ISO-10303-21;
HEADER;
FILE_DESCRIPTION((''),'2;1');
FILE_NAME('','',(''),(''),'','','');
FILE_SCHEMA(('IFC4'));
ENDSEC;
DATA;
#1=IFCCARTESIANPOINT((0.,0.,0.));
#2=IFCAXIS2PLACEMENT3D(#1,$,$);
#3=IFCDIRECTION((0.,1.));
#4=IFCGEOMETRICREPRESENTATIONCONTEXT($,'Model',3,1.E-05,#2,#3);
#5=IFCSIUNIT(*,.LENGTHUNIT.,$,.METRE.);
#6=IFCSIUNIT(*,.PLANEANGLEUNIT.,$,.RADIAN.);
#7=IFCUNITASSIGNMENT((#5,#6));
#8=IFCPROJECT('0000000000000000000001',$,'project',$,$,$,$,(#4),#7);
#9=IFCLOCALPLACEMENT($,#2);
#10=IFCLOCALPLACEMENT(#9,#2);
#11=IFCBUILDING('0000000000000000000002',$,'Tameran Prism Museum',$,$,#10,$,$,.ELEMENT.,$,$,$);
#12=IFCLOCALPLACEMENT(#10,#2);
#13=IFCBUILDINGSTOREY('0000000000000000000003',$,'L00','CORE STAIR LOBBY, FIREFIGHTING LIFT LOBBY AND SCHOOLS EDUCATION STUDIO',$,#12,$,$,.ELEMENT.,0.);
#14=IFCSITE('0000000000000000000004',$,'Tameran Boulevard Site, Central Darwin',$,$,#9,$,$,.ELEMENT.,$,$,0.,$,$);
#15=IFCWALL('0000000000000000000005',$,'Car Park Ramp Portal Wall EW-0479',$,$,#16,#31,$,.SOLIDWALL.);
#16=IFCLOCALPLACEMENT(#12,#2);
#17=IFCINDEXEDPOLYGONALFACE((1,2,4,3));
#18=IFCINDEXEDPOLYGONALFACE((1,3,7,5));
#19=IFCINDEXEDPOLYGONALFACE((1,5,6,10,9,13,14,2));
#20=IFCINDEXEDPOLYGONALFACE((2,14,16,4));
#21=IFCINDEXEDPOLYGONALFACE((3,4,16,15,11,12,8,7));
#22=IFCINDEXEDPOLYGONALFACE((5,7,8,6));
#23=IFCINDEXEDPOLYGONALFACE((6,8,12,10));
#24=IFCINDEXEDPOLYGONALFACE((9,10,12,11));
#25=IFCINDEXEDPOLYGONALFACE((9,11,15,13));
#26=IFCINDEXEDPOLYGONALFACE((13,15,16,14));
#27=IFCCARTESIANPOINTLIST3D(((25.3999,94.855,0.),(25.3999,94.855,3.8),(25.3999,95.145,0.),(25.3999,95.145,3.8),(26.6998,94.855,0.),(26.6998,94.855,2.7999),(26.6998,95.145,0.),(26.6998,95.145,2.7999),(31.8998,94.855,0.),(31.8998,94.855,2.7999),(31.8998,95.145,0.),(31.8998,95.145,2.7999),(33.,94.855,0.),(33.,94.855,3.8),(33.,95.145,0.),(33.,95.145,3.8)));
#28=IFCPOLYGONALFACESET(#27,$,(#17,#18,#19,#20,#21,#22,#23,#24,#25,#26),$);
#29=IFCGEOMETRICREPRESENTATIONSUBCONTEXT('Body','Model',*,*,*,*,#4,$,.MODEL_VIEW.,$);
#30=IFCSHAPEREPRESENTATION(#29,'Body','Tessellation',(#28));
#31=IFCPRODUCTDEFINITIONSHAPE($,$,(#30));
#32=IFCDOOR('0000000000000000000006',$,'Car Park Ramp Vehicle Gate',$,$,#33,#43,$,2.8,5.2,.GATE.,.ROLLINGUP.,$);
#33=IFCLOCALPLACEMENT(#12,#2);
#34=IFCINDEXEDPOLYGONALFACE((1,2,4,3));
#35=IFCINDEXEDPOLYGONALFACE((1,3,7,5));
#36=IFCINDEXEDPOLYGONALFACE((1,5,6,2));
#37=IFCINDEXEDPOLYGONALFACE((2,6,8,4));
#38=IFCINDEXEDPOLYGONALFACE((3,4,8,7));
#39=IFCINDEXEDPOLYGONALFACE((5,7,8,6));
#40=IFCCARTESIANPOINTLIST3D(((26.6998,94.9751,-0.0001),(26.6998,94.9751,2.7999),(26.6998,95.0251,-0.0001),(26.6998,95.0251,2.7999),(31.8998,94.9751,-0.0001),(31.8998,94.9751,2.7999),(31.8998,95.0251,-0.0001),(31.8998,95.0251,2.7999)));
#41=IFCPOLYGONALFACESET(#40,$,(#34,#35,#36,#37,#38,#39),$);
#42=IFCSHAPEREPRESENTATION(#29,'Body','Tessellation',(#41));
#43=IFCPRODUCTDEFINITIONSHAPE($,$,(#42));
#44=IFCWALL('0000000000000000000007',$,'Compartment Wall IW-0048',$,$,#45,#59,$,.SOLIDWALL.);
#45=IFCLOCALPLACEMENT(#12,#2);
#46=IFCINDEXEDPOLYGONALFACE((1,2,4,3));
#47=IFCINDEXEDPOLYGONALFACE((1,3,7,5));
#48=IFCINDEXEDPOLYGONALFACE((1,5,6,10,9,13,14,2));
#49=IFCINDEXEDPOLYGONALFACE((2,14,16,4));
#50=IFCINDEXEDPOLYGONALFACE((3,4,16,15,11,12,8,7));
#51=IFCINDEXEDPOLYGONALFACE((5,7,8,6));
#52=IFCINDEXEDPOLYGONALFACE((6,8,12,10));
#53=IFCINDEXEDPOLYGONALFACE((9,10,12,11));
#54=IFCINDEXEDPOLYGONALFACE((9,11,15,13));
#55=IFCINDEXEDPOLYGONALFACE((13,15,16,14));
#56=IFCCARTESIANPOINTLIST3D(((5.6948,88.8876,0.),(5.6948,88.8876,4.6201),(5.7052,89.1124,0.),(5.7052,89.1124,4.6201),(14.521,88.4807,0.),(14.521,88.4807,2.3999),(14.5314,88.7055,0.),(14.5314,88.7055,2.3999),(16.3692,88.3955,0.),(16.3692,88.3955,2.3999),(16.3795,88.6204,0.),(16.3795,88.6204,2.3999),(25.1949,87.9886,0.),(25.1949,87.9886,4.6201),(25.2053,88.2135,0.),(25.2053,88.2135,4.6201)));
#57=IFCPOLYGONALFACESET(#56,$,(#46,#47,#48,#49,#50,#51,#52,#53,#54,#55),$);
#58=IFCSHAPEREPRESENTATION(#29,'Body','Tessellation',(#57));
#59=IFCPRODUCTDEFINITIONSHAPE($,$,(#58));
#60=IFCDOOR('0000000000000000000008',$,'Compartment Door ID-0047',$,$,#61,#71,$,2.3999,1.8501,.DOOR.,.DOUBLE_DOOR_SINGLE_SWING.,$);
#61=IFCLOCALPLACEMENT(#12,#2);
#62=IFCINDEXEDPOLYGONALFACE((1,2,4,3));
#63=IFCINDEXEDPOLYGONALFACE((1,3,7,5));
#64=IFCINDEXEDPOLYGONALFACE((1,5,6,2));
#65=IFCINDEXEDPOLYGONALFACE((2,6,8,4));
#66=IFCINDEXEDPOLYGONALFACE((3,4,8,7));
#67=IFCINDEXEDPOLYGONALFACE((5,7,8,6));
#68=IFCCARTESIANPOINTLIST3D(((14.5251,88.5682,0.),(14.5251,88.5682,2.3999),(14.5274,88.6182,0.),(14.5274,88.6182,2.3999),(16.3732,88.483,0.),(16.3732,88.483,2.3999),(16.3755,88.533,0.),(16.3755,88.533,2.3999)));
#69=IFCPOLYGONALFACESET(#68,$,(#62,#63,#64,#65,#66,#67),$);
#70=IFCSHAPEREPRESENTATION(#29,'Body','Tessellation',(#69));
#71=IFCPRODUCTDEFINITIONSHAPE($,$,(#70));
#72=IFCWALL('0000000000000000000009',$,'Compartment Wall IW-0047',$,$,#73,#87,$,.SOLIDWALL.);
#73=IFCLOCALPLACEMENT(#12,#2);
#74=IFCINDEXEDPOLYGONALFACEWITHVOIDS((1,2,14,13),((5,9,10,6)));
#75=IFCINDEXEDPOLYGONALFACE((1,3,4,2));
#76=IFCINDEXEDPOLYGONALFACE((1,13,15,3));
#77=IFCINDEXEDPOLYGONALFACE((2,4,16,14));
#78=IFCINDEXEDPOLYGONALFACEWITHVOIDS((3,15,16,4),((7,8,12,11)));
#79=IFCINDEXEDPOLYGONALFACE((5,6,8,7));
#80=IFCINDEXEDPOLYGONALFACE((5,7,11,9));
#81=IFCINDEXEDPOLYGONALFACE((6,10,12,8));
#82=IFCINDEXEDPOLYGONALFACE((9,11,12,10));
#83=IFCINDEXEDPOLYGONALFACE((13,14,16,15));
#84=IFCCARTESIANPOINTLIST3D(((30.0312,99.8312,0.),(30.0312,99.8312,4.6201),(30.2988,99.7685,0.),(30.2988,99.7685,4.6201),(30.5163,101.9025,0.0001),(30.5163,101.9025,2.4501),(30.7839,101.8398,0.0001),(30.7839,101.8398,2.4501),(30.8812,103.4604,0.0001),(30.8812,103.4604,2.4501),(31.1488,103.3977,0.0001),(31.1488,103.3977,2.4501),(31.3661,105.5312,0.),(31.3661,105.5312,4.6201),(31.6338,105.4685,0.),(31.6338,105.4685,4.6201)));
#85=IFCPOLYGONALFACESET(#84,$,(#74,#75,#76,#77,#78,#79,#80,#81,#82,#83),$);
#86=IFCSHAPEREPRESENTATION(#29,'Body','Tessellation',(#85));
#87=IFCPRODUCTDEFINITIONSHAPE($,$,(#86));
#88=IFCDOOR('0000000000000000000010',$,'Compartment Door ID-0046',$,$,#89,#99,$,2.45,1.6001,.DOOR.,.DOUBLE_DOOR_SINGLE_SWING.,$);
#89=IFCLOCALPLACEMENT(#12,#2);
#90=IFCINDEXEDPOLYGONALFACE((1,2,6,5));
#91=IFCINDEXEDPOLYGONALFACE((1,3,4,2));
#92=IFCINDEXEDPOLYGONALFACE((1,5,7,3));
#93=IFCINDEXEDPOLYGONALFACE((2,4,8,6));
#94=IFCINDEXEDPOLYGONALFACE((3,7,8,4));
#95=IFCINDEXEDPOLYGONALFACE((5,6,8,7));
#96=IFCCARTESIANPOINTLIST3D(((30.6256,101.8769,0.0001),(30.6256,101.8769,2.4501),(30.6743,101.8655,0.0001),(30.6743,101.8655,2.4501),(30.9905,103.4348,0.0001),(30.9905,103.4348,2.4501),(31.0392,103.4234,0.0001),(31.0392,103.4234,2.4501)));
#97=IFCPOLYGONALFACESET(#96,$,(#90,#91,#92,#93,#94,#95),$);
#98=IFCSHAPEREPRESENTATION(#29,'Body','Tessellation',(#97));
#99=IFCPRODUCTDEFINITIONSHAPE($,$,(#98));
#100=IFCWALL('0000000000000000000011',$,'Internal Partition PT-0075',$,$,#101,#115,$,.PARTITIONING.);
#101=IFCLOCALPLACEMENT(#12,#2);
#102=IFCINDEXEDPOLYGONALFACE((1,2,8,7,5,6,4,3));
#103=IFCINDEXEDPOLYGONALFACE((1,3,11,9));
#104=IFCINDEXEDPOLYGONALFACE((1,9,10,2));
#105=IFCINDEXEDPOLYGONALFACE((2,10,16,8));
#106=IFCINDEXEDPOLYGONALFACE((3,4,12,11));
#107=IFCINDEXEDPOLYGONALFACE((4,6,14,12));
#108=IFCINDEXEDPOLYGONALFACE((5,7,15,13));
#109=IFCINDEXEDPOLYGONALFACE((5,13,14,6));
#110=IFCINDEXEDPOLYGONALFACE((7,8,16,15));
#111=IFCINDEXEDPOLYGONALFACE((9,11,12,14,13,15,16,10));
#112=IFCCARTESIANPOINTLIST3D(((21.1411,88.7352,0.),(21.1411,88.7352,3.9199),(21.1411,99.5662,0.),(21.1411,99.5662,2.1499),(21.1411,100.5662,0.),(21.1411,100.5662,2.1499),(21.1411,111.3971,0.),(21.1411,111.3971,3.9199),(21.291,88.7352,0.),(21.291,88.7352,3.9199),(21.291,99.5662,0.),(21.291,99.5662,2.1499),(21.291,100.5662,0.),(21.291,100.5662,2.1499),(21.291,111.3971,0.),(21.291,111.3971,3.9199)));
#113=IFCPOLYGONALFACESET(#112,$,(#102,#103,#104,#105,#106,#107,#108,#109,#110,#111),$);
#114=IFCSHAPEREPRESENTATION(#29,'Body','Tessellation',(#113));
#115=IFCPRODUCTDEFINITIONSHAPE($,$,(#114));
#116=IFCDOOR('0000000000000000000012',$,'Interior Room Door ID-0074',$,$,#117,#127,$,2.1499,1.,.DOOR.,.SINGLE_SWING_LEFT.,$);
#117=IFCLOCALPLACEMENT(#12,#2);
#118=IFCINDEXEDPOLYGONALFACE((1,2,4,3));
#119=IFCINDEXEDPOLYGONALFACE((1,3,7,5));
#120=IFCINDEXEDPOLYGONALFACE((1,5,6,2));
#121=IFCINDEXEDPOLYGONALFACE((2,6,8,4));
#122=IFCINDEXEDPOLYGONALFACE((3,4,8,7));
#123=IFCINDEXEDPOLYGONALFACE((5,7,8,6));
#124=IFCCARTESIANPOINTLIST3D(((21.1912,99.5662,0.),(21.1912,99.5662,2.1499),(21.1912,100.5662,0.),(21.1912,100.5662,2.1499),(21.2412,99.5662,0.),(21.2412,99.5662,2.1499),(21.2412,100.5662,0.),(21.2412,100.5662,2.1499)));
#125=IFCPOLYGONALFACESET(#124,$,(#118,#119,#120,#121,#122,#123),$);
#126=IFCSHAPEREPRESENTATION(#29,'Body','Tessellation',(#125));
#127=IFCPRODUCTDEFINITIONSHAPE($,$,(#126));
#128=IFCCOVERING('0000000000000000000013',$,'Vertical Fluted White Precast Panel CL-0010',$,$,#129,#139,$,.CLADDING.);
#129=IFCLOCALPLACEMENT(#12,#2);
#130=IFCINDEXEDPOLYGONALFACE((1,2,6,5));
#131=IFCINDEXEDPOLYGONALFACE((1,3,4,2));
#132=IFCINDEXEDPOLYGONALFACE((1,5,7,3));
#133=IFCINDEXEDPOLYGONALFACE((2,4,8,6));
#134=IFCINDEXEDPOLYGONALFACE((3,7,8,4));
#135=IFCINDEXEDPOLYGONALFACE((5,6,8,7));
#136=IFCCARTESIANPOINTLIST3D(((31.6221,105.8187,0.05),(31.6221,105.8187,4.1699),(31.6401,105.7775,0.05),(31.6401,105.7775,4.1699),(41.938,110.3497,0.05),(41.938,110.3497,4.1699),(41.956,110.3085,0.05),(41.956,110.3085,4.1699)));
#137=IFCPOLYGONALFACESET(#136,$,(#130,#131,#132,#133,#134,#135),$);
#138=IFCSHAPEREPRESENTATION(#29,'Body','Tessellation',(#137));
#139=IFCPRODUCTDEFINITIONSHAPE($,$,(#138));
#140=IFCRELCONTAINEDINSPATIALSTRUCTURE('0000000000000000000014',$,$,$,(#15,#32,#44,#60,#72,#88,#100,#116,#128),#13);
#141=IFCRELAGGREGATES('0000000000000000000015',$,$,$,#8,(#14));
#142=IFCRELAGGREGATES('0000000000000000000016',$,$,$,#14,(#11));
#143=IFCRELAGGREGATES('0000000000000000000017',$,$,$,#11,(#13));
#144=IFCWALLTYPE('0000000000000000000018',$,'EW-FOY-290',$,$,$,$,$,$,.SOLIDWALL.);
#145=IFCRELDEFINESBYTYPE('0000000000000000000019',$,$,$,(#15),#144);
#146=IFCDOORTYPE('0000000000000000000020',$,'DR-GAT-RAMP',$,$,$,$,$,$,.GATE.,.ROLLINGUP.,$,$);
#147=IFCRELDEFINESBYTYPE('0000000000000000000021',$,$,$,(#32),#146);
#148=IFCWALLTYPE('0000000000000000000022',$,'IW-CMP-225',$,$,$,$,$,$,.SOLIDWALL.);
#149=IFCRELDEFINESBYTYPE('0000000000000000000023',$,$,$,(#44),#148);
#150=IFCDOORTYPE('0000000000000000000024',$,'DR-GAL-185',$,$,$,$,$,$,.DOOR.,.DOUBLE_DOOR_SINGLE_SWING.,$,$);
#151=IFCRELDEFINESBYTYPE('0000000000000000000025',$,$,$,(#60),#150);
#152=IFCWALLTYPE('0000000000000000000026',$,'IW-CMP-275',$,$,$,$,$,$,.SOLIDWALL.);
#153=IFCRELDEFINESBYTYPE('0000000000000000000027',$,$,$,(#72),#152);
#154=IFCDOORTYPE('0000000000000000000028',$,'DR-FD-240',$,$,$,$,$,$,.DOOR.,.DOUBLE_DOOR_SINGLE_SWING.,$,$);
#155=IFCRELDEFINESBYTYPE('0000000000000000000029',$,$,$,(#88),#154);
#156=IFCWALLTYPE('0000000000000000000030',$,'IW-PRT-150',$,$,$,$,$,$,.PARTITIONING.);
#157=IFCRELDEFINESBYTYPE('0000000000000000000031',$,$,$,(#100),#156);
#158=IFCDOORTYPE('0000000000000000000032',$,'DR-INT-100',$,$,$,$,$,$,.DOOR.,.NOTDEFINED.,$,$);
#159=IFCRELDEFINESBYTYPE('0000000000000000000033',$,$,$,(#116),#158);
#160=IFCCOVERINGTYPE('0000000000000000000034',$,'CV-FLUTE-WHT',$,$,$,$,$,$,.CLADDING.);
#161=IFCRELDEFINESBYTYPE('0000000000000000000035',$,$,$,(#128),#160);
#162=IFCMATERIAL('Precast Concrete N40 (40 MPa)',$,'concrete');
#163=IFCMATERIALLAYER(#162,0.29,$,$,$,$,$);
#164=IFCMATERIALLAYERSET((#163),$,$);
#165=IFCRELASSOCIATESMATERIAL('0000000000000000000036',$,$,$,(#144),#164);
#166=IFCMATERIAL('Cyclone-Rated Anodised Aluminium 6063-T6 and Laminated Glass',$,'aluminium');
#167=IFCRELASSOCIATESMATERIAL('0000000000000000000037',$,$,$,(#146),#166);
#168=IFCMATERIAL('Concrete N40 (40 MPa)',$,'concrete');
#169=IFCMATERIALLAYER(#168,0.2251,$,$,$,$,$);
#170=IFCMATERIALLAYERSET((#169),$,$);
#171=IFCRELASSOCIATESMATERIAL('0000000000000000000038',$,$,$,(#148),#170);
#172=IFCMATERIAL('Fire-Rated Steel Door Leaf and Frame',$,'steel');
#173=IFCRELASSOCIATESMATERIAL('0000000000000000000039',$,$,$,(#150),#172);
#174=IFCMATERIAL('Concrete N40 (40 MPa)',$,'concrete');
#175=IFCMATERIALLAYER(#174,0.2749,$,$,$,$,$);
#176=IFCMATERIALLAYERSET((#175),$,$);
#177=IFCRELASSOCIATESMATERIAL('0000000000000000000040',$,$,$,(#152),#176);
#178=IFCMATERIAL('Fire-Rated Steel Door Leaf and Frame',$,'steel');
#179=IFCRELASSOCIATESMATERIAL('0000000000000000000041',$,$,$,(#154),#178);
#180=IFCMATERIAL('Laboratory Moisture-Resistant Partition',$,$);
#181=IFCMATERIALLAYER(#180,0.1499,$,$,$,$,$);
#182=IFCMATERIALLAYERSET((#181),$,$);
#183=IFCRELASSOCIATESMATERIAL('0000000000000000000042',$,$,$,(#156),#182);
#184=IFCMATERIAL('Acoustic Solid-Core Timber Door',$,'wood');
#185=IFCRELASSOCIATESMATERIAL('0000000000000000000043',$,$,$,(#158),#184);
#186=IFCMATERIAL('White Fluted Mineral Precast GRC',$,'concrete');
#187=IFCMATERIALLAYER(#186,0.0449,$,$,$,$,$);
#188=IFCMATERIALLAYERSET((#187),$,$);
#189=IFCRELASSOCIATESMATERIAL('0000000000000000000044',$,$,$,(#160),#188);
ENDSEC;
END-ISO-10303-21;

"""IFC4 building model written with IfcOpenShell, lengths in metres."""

from ifc_helpers import new_model, si_unit, direction, frame, frame_2d, origin, place, context, subcontext, project, spatial, rectangle, extrude, material, layer, layer_set, type_object, element, fill, save


model = new_model("IFC4")

# Units and contexts
model_context = context("Model", 3, precision=1e-05, world=origin(), true_north=direction((0.0, 1.0)))
body_context = subcontext(model_context, "Body", "Model", "MODEL_VIEW")
ifc_project = project(units=[si_unit("LENGTHUNIT", "METRE"), si_unit("PLANEANGLEUNIT", "RADIAN")], contexts=[model_context])

# Site, building, storey
site_placement = place(None, origin())
site = spatial("IfcSite", under=ifc_project, at=site_placement, Name="Tameran Boulevard Site, Central Darwin", CompositionType="ELEMENT", RefElevation=0.0)
building_placement = place(site_placement, origin())
building = spatial("IfcBuilding", under=site, at=building_placement, Name="Tameran Prism Museum", CompositionType="ELEMENT")
storey_placement = place(building_placement, origin())
storey = spatial("IfcBuildingStorey", under=building, at=storey_placement, Name="L00", Description="CORE STAIR LOBBY, FIREFIGHTING LIFT LOBBY AND SCHOOLS EDUCATION STUDIO", CompositionType="ELEMENT", Elevation=0.0)

# Shared definitions
ifc_material_1 = material(Name="Precast Concrete N40 (40 MPa)", Category="concrete")
ifc_layer_1 = layer(ifc_material_1, 0.29)
ifc_layer_set_1 = layer_set([ifc_layer_1])
wall_type_1 = type_object("IfcWallType", Name="EW-FOY-290", PredefinedType="SOLIDWALL", material=ifc_layer_set_1)

# Walls, openings, doors
wall_1_placement = place(storey_placement, frame((33.0, 95.0, 0.0), z_axis=(0.0, 0.0, 1.0), x_axis=(-1.0, 0.0, 0.0)))
wall_1 = element("IfcWall", 1, at=wall_1_placement, inside=storey, type_object=wall_type_1, Name="Car Park Ramp Portal Wall EW-0479", PredefinedType="SOLIDWALL", context=body_context, shape_type="SweptSolid", body=[
    extrude(rectangle(XDim=7.6001, YDim=0.29, at=frame_2d((3.8, 0.0))), origin(), (0.0, 0.0, 1.0), 3.8),
])
opening_1_placement = place(wall_1_placement, frame((1.1001, 0.0, 0.0)))
opening_1 = element("IfcOpeningElement", 2, at=opening_1_placement, cuts=wall_1, PredefinedType="OPENING", context=body_context, shape_type="SweptSolid", body=[
    extrude(rectangle(XDim=5.2, YDim=2.8, at=frame_2d((2.6001, 1.3999))), frame((0.0, 0.155, 0.0), z_axis=(0.0, -1.0, 0.0), x_axis=(1.0, 0.0, 0.0)), (0.0, 0.0, 1.0), 0.3101),
])
ifc_material_2 = material(Name="Cyclone-Rated Anodised Aluminium 6063-T6 and Laminated Glass", Category="aluminium")
door_type_1 = type_object("IfcDoorType", Name="DR-GAT-RAMP", OperationType="ROLLINGUP", PredefinedType="GATE", material=ifc_material_2)
door_1_placement = place(opening_1_placement, origin())
door_1 = element("IfcDoor", 3, at=door_1_placement, inside=storey, type_object=door_type_1, Name="Car Park Ramp Vehicle Gate", OperationType="ROLLINGUP", OverallHeight=2.8, OverallWidth=5.2, PredefinedType="GATE", context=body_context, shape_type="SweptSolid", body=[
    extrude(rectangle(XDim=5.2, YDim=2.8, at=frame_2d((2.6001, 1.3999))), frame((0.0, 0.0249, 0.0), z_axis=(0.0, -1.0, 0.0), x_axis=(1.0, 0.0, 0.0)), (0.0, 0.0, 1.0), 0.05),
])
fill(opening_1, door_1)
ifc_material_3 = material(Name="Concrete N40 (40 MPa)", Category="concrete")
ifc_layer_2 = layer(ifc_material_3, 0.2251)
ifc_layer_set_2 = layer_set([ifc_layer_2])
wall_type_2 = type_object("IfcWallType", Name="IW-CMP-225", PredefinedType="SOLIDWALL", material=ifc_layer_set_2)
wall_2_placement = place(storey_placement, frame((25.2, 88.1011, 0.0), z_axis=(0.0, 0.0, 1.0), x_axis=(-0.998939, 0.04605, 0.0)))
wall_2 = element("IfcWall", 4, at=wall_2_placement, inside=storey, type_object=wall_type_2, Name="Compartment Wall IW-0048", PredefinedType="SOLIDWALL", context=body_context, shape_type="SweptSolid", body=[
    extrude(rectangle(XDim=19.5208, YDim=0.2251, at=frame_2d((9.7603, 0.0))), origin(), (0.0, 0.0, 1.0), 4.6201),
])
opening_2_placement = place(wall_2_placement, frame((8.835, 0.0, 0.0)))
opening_2 = element("IfcOpeningElement", 5, at=opening_2_placement, cuts=wall_2, PredefinedType="OPENING", context=body_context, shape_type="SweptSolid", body=[
    extrude(rectangle(XDim=1.8501, YDim=2.3999, at=frame_2d((0.925, 1.2))), frame((0.0, 0.1226, 0.0), z_axis=(0.0, -1.0, 0.0), x_axis=(1.0, 0.0, 0.0)), (0.0, 0.0, 1.0), 0.2451),
])
ifc_material_4 = material(Name="Fire-Rated Steel Door Leaf and Frame", Category="steel")
door_type_2 = type_object("IfcDoorType", Name="DR-GAL-185", OperationType="DOUBLE_DOOR_SINGLE_SWING", PredefinedType="DOOR", material=ifc_material_4)
door_2_placement = place(opening_2_placement, origin())
door_2 = element("IfcDoor", 6, at=door_2_placement, inside=storey, type_object=door_type_2, Name="Compartment Door ID-0047", OperationType="DOUBLE_DOOR_SINGLE_SWING", OverallHeight=2.3999, OverallWidth=1.8501, PredefinedType="DOOR", context=body_context, shape_type="SweptSolid", body=[
    extrude(rectangle(XDim=1.8501, YDim=2.3999, at=frame_2d((0.925, 1.2))), frame((0.0, 0.0249, 0.0), z_axis=(0.0, -1.0, 0.0), x_axis=(1.0, 0.0, 0.0)), (0.0, 0.0, 1.0), 0.05),
])
fill(opening_2, door_2)
ifc_material_5 = material(Name="Concrete N40 (40 MPa)", Category="concrete")
ifc_layer_3 = layer(ifc_material_5, 0.2749)
ifc_layer_set_3 = layer_set([ifc_layer_3])
wall_type_3 = type_object("IfcWallType", Name="IW-CMP-275", PredefinedType="SOLIDWALL", material=ifc_layer_set_3)
wall_3_placement = place(storey_placement, frame((31.5, 105.5, 0.0), z_axis=(0.0, 0.0, 1.0), x_axis=(-0.228035, -0.973653, 0.0)))
wall_3 = element("IfcWall", 7, at=wall_3_placement, inside=storey, type_object=wall_type_3, Name="Compartment Wall IW-0047", PredefinedType="SOLIDWALL", context=body_context, shape_type="SweptSolid", body=[
    extrude(rectangle(XDim=5.8542, YDim=0.2749, at=frame_2d((2.9272, 0.0))), origin(), (0.0, 0.0, 1.0), 4.6201),
])
opening_3_placement = place(wall_3_placement, frame((2.127, 0.0, 0.0)))
opening_3 = element("IfcOpeningElement", 8, at=opening_3_placement, cuts=wall_3, PredefinedType="OPENING", context=body_context, shape_type="SweptSolid", body=[
    extrude(rectangle(XDim=1.6001, YDim=2.45, at=frame_2d((0.8, 1.2251))), frame((0.0, 0.1475, 0.0), z_axis=(0.0, -1.0, 0.0), x_axis=(1.0, 0.0, 0.0)), (0.0, 0.0, 1.0), 0.2949),
])
ifc_material_6 = material(Name="Fire-Rated Steel Door Leaf and Frame", Category="steel")
door_type_3 = type_object("IfcDoorType", Name="DR-FD-240", OperationType="DOUBLE_DOOR_SINGLE_SWING", PredefinedType="DOOR", material=ifc_material_6)
door_3_placement = place(opening_3_placement, origin())
door_3 = element("IfcDoor", 9, at=door_3_placement, inside=storey, type_object=door_type_3, Name="Compartment Door ID-0046", OperationType="DOUBLE_DOOR_SINGLE_SWING", OverallHeight=2.45, OverallWidth=1.6001, PredefinedType="DOOR", context=body_context, shape_type="SweptSolid", body=[
    extrude(rectangle(XDim=1.6001, YDim=2.45, at=frame_2d((0.8, 1.2251))), frame((0.0, 0.0249, 0.0), z_axis=(0.0, -1.0, 0.0), x_axis=(1.0, 0.0, 0.0)), (0.0, 0.0, 1.0), 0.05),
])
fill(opening_3, door_3)
ifc_material_7 = material(Name="Laboratory Moisture-Resistant Partition")
ifc_layer_4 = layer(ifc_material_7, 0.1499)
ifc_layer_set_4 = layer_set([ifc_layer_4])
wall_type_4 = type_object("IfcWallType", Name="IW-PRT-150", PredefinedType="PARTITIONING", material=ifc_layer_set_4)
wall_4_placement = place(storey_placement, frame((21.2161, 88.7351, 0.0), z_axis=(0.0, 0.0, 1.0), x_axis=(0.0, 1.0, 0.0)))
wall_4 = element("IfcWall", 10, at=wall_4_placement, inside=storey, type_object=wall_type_4, Name="Internal Partition PT-0075", PredefinedType="PARTITIONING", context=body_context, shape_type="SweptSolid", body=[
    extrude(rectangle(XDim=22.6619, YDim=0.1499, at=frame_2d((11.3311, 0.0))), origin(), (0.0, 0.0, 1.0), 3.9199),
])
opening_4_placement = place(wall_4_placement, frame((10.8311, 0.0, 0.0)))
opening_4 = element("IfcOpeningElement", 11, at=opening_4_placement, cuts=wall_4, PredefinedType="OPENING", context=body_context, shape_type="SweptSolid", body=[
    extrude(rectangle(XDim=1.0, YDim=2.1499, at=frame_2d((0.5, 1.075))), frame((0.0, 0.085, 0.0), z_axis=(0.0, -1.0, 0.0), x_axis=(1.0, 0.0, 0.0)), (0.0, 0.0, 1.0), 0.1699),
])
ifc_material_8 = material(Name="Acoustic Solid-Core Timber Door", Category="wood")
door_type_4 = type_object("IfcDoorType", Name="DR-INT-100", OperationType="NOTDEFINED", PredefinedType="DOOR", material=ifc_material_8)
door_4_placement = place(opening_4_placement, origin())
door_4 = element("IfcDoor", 12, at=door_4_placement, inside=storey, type_object=door_type_4, Name="Interior Room Door ID-0074", OperationType="SINGLE_SWING_LEFT", OverallHeight=2.1499, OverallWidth=1.0, PredefinedType="DOOR", context=body_context, shape_type="SweptSolid", body=[
    extrude(rectangle(XDim=1.0, YDim=2.1499, at=frame_2d((0.5, 1.075))), frame((0.0, 0.0249, 0.0), z_axis=(0.0, -1.0, 0.0), x_axis=(1.0, 0.0, 0.0)), (0.0, 0.0, 1.0), 0.05),
])
fill(opening_4, door_4)

# Covering
ifc_material_9 = material(Name="White Fluted Mineral Precast GRC", Category="concrete")
ifc_layer_5 = layer(ifc_material_9, 0.0449)
ifc_layer_set_5 = layer_set([ifc_layer_5])
covering_type = type_object("IfcCoveringType", Name="CV-FLUTE-WHT", PredefinedType="CLADDING", material=ifc_layer_set_5)
covering_placement = place(storey_placement, frame((31.6311, 105.7981, 0.05), z_axis=(0.0, 0.0, 1.0), x_axis=(0.915577, 0.402144, 0.0)))
element("IfcCovering", 13, at=covering_placement, inside=storey, type_object=covering_type, Name="Vertical Fluted White Precast Panel CL-0010", PredefinedType="CLADDING", context=body_context, shape_type="SweptSolid", body=[
    extrude(rectangle(XDim=11.2671, YDim=0.0449, at=frame_2d((5.6335, 0.0))), origin(), (0.0, 0.0, 1.0), 4.1199),
])

save(model, "model.ifc")
